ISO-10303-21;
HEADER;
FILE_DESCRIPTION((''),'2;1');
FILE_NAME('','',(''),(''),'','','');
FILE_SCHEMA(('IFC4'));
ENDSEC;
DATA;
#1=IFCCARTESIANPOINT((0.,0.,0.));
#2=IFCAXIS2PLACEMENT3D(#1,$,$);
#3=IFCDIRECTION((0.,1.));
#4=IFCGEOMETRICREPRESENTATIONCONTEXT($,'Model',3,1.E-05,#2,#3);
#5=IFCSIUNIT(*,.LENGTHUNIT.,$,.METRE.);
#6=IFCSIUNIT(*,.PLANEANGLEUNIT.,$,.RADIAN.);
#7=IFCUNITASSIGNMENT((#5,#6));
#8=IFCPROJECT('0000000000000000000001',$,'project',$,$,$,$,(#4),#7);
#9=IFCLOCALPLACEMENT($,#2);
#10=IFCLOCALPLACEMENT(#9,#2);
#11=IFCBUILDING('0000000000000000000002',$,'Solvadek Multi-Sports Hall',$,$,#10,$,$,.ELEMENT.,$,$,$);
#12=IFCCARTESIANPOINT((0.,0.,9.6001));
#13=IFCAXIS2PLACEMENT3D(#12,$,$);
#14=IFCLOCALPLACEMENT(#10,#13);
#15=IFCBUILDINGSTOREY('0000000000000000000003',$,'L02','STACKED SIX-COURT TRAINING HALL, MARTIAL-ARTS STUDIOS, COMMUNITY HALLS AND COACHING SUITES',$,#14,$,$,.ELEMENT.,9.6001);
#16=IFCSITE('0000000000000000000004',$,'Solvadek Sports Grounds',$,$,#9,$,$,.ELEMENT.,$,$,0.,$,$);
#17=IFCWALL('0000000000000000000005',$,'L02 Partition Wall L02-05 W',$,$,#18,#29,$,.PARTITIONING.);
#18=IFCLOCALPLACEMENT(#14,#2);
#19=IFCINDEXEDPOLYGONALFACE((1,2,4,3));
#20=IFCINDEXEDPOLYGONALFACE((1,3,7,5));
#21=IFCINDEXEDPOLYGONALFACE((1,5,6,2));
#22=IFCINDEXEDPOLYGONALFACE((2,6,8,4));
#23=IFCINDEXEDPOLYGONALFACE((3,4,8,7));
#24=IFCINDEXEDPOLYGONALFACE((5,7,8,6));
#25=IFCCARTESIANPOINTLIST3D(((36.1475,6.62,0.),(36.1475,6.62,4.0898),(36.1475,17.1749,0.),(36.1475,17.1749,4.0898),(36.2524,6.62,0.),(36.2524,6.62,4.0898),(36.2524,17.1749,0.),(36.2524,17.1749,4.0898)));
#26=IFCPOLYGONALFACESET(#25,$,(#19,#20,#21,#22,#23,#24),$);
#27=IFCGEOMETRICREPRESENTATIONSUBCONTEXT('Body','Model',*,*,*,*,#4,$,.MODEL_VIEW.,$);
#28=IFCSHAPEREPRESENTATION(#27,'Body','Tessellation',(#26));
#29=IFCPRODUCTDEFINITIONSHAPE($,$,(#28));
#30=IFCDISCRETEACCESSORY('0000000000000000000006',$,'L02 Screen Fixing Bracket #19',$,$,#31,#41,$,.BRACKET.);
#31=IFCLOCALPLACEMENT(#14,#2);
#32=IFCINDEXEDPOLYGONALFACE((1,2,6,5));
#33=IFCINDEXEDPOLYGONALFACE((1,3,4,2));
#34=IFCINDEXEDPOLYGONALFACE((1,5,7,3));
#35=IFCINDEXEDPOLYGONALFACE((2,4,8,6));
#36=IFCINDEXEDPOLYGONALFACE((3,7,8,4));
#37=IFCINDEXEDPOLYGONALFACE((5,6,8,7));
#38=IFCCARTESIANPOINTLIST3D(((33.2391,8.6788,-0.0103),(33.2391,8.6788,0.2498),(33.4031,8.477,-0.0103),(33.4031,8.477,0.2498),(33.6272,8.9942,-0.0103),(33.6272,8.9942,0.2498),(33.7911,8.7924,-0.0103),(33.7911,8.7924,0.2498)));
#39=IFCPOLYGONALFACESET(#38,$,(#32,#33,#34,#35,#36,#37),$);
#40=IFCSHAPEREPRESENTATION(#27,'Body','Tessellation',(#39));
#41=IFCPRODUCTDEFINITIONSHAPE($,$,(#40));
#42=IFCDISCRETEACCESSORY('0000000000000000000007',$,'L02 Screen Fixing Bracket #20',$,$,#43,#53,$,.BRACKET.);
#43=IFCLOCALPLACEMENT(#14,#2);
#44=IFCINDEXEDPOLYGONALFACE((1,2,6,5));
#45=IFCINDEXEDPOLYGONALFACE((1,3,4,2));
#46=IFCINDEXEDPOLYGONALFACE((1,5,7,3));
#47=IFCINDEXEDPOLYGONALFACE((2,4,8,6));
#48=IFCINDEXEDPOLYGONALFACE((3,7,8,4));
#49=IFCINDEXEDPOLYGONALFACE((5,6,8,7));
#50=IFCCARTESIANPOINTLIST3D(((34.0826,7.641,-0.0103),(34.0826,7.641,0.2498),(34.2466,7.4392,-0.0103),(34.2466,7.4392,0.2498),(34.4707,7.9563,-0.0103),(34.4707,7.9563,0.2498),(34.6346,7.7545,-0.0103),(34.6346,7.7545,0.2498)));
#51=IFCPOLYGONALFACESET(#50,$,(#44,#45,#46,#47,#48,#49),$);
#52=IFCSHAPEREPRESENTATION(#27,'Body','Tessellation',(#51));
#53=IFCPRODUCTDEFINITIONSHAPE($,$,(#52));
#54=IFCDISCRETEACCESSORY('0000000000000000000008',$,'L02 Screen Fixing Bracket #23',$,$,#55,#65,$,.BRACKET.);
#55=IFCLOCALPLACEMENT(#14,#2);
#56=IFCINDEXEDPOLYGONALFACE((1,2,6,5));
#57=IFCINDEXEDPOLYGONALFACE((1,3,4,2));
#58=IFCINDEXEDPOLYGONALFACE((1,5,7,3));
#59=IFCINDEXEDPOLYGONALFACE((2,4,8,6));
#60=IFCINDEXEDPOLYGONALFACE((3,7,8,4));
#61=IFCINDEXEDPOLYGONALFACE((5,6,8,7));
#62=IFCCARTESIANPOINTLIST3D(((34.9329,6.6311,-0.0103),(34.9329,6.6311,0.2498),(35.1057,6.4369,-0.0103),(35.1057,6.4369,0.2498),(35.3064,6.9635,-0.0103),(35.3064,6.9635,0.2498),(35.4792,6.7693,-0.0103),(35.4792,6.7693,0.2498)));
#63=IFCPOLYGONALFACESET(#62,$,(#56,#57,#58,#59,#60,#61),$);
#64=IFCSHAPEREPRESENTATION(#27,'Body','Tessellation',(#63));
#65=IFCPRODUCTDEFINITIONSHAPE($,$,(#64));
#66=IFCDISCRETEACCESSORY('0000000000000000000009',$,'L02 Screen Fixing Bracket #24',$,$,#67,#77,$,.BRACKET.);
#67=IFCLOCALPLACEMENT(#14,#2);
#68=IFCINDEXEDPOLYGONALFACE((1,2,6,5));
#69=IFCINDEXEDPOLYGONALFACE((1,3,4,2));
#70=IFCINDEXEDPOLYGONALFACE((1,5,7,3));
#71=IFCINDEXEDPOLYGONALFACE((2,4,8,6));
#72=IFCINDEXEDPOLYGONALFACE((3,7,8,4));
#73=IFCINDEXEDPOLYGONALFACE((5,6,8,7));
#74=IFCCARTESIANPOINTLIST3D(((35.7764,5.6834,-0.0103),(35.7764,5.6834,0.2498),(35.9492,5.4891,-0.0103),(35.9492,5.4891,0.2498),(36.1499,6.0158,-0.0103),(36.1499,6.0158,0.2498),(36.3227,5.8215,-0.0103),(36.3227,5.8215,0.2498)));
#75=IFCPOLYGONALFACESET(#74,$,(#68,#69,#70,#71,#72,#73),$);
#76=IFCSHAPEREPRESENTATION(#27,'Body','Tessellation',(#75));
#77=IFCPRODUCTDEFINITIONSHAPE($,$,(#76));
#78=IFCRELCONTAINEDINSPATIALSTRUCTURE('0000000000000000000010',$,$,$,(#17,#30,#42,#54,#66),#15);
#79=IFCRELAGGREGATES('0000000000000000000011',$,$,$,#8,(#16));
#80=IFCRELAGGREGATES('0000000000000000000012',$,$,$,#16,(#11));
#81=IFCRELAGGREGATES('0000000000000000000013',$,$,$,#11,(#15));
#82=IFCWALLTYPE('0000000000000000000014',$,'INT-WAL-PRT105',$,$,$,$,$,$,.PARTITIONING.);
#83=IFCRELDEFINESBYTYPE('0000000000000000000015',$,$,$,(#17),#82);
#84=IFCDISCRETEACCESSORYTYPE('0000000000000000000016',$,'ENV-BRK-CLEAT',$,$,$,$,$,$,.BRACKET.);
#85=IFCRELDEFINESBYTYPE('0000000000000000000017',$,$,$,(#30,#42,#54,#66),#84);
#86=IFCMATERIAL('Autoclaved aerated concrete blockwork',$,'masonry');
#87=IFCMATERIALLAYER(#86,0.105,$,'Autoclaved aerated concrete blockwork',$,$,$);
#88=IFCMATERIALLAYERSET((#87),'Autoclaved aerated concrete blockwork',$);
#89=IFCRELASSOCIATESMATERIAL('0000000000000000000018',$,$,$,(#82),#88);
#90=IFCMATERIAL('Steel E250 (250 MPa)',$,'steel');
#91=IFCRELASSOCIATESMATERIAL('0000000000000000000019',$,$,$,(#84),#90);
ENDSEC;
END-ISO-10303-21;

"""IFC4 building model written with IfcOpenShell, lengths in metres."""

from ifc_helpers import new_model, si_unit, direction, frame, frame_2d, origin, origin_2d, place, context, subcontext, project, spatial, rectangle, extrude, material, layer, layer_set, type_object, element, save


model = new_model("IFC4")

# Units and contexts
model_context = context("Model", 3, precision=1e-05, world=origin(), true_north=direction((0.0, 1.0)))
body_context = subcontext(model_context, "Body", "Model", "MODEL_VIEW")
ifc_project = project(units=[si_unit("LENGTHUNIT", "METRE"), si_unit("PLANEANGLEUNIT", "RADIAN")], contexts=[model_context])

# Site, building, storey
site_placement = place(None, origin())
site = spatial("IfcSite", under=ifc_project, at=site_placement, Name="Solvadek Sports Grounds", CompositionType="ELEMENT", RefElevation=0.0)
building_placement = place(site_placement, origin())
building = spatial("IfcBuilding", under=site, at=building_placement, Name="Solvadek Multi-Sports Hall", CompositionType="ELEMENT")
storey_placement = place(building_placement, frame((0.0, 0.0, 9.6001)))
storey = spatial("IfcBuildingStorey", under=building, at=storey_placement, Name="L02", Description="STACKED SIX-COURT TRAINING HALL, MARTIAL-ARTS STUDIOS, COMMUNITY HALLS AND COACHING SUITES", CompositionType="ELEMENT", Elevation=9.6001)

# Wall
ifc_material_1 = material(Name="Autoclaved aerated concrete blockwork", Category="masonry")
ifc_layer_1 = layer(ifc_material_1, 0.105, Name="Autoclaved aerated concrete blockwork")
ifc_layer_set_1 = layer_set([ifc_layer_1], Name="Autoclaved aerated concrete blockwork")
wall_type = type_object("IfcWallType", Name="INT-WAL-PRT105", PredefinedType="PARTITIONING", material=ifc_layer_set_1)
wall_placement = place(storey_placement, frame((36.2, 6.6201, 0.0), z_axis=(0.0, 0.0, 1.0), x_axis=(0.0, 1.0, 0.0)))
element("IfcWall", 1, at=wall_placement, inside=storey, type_object=wall_type, Name="L02 Partition Wall L02-05 W", PredefinedType="PARTITIONING", context=body_context, shape_type="SweptSolid", body=[
    extrude(rectangle(XDim=10.5549, YDim=0.105, at=frame_2d((5.2773, 0.0))), origin(), (0.0, 0.0, 1.0), 4.0898),
])

# Discrete accessories
ifc_material_2 = material(Name="Steel E250 (250 MPa)", Category="steel")
discrete_accessory_type = type_object("IfcDiscreteAccessoryType", Name="ENV-BRK-CLEAT", PredefinedType="BRACKET", material=ifc_material_2)
for number, where, z_axis, x_axis, name in (
    (2, (33.5151, 8.7356, -0.0103), (0.0, 0.0, 1.0), (0.630677, -0.776045, 0.0), "L02 Screen Fixing Bracket #19"),
    (3, (34.3586, 7.6978, -0.0103), (0.0, 0.0, 1.0), (0.630677, -0.776045, 0.0), "L02 Screen Fixing Bracket #20"),
    (4, (35.2061, 6.7002, -0.0103), (0.0, 0.0, 1.0), (0.664767, -0.74705, 0.0), "L02 Screen Fixing Bracket #23"),
    (5, (36.0496, 5.7524, -0.0103), (0.0, 0.0, 1.0), (0.664767, -0.74705, 0.0), "L02 Screen Fixing Bracket #24"),
):
    element("IfcDiscreteAccessory", number, at=place(storey_placement, frame(where, z_axis=z_axis, x_axis=x_axis)), inside=storey, type_object=discrete_accessory_type, Name=name, PredefinedType="BRACKET", context=body_context, shape_type="SweptSolid", body=[
        extrude(rectangle(XDim=0.26, YDim=0.5, at=origin_2d()), origin(), (0.0, 0.0, 1.0), 0.26),
    ])

save(model, "model.ifc")
